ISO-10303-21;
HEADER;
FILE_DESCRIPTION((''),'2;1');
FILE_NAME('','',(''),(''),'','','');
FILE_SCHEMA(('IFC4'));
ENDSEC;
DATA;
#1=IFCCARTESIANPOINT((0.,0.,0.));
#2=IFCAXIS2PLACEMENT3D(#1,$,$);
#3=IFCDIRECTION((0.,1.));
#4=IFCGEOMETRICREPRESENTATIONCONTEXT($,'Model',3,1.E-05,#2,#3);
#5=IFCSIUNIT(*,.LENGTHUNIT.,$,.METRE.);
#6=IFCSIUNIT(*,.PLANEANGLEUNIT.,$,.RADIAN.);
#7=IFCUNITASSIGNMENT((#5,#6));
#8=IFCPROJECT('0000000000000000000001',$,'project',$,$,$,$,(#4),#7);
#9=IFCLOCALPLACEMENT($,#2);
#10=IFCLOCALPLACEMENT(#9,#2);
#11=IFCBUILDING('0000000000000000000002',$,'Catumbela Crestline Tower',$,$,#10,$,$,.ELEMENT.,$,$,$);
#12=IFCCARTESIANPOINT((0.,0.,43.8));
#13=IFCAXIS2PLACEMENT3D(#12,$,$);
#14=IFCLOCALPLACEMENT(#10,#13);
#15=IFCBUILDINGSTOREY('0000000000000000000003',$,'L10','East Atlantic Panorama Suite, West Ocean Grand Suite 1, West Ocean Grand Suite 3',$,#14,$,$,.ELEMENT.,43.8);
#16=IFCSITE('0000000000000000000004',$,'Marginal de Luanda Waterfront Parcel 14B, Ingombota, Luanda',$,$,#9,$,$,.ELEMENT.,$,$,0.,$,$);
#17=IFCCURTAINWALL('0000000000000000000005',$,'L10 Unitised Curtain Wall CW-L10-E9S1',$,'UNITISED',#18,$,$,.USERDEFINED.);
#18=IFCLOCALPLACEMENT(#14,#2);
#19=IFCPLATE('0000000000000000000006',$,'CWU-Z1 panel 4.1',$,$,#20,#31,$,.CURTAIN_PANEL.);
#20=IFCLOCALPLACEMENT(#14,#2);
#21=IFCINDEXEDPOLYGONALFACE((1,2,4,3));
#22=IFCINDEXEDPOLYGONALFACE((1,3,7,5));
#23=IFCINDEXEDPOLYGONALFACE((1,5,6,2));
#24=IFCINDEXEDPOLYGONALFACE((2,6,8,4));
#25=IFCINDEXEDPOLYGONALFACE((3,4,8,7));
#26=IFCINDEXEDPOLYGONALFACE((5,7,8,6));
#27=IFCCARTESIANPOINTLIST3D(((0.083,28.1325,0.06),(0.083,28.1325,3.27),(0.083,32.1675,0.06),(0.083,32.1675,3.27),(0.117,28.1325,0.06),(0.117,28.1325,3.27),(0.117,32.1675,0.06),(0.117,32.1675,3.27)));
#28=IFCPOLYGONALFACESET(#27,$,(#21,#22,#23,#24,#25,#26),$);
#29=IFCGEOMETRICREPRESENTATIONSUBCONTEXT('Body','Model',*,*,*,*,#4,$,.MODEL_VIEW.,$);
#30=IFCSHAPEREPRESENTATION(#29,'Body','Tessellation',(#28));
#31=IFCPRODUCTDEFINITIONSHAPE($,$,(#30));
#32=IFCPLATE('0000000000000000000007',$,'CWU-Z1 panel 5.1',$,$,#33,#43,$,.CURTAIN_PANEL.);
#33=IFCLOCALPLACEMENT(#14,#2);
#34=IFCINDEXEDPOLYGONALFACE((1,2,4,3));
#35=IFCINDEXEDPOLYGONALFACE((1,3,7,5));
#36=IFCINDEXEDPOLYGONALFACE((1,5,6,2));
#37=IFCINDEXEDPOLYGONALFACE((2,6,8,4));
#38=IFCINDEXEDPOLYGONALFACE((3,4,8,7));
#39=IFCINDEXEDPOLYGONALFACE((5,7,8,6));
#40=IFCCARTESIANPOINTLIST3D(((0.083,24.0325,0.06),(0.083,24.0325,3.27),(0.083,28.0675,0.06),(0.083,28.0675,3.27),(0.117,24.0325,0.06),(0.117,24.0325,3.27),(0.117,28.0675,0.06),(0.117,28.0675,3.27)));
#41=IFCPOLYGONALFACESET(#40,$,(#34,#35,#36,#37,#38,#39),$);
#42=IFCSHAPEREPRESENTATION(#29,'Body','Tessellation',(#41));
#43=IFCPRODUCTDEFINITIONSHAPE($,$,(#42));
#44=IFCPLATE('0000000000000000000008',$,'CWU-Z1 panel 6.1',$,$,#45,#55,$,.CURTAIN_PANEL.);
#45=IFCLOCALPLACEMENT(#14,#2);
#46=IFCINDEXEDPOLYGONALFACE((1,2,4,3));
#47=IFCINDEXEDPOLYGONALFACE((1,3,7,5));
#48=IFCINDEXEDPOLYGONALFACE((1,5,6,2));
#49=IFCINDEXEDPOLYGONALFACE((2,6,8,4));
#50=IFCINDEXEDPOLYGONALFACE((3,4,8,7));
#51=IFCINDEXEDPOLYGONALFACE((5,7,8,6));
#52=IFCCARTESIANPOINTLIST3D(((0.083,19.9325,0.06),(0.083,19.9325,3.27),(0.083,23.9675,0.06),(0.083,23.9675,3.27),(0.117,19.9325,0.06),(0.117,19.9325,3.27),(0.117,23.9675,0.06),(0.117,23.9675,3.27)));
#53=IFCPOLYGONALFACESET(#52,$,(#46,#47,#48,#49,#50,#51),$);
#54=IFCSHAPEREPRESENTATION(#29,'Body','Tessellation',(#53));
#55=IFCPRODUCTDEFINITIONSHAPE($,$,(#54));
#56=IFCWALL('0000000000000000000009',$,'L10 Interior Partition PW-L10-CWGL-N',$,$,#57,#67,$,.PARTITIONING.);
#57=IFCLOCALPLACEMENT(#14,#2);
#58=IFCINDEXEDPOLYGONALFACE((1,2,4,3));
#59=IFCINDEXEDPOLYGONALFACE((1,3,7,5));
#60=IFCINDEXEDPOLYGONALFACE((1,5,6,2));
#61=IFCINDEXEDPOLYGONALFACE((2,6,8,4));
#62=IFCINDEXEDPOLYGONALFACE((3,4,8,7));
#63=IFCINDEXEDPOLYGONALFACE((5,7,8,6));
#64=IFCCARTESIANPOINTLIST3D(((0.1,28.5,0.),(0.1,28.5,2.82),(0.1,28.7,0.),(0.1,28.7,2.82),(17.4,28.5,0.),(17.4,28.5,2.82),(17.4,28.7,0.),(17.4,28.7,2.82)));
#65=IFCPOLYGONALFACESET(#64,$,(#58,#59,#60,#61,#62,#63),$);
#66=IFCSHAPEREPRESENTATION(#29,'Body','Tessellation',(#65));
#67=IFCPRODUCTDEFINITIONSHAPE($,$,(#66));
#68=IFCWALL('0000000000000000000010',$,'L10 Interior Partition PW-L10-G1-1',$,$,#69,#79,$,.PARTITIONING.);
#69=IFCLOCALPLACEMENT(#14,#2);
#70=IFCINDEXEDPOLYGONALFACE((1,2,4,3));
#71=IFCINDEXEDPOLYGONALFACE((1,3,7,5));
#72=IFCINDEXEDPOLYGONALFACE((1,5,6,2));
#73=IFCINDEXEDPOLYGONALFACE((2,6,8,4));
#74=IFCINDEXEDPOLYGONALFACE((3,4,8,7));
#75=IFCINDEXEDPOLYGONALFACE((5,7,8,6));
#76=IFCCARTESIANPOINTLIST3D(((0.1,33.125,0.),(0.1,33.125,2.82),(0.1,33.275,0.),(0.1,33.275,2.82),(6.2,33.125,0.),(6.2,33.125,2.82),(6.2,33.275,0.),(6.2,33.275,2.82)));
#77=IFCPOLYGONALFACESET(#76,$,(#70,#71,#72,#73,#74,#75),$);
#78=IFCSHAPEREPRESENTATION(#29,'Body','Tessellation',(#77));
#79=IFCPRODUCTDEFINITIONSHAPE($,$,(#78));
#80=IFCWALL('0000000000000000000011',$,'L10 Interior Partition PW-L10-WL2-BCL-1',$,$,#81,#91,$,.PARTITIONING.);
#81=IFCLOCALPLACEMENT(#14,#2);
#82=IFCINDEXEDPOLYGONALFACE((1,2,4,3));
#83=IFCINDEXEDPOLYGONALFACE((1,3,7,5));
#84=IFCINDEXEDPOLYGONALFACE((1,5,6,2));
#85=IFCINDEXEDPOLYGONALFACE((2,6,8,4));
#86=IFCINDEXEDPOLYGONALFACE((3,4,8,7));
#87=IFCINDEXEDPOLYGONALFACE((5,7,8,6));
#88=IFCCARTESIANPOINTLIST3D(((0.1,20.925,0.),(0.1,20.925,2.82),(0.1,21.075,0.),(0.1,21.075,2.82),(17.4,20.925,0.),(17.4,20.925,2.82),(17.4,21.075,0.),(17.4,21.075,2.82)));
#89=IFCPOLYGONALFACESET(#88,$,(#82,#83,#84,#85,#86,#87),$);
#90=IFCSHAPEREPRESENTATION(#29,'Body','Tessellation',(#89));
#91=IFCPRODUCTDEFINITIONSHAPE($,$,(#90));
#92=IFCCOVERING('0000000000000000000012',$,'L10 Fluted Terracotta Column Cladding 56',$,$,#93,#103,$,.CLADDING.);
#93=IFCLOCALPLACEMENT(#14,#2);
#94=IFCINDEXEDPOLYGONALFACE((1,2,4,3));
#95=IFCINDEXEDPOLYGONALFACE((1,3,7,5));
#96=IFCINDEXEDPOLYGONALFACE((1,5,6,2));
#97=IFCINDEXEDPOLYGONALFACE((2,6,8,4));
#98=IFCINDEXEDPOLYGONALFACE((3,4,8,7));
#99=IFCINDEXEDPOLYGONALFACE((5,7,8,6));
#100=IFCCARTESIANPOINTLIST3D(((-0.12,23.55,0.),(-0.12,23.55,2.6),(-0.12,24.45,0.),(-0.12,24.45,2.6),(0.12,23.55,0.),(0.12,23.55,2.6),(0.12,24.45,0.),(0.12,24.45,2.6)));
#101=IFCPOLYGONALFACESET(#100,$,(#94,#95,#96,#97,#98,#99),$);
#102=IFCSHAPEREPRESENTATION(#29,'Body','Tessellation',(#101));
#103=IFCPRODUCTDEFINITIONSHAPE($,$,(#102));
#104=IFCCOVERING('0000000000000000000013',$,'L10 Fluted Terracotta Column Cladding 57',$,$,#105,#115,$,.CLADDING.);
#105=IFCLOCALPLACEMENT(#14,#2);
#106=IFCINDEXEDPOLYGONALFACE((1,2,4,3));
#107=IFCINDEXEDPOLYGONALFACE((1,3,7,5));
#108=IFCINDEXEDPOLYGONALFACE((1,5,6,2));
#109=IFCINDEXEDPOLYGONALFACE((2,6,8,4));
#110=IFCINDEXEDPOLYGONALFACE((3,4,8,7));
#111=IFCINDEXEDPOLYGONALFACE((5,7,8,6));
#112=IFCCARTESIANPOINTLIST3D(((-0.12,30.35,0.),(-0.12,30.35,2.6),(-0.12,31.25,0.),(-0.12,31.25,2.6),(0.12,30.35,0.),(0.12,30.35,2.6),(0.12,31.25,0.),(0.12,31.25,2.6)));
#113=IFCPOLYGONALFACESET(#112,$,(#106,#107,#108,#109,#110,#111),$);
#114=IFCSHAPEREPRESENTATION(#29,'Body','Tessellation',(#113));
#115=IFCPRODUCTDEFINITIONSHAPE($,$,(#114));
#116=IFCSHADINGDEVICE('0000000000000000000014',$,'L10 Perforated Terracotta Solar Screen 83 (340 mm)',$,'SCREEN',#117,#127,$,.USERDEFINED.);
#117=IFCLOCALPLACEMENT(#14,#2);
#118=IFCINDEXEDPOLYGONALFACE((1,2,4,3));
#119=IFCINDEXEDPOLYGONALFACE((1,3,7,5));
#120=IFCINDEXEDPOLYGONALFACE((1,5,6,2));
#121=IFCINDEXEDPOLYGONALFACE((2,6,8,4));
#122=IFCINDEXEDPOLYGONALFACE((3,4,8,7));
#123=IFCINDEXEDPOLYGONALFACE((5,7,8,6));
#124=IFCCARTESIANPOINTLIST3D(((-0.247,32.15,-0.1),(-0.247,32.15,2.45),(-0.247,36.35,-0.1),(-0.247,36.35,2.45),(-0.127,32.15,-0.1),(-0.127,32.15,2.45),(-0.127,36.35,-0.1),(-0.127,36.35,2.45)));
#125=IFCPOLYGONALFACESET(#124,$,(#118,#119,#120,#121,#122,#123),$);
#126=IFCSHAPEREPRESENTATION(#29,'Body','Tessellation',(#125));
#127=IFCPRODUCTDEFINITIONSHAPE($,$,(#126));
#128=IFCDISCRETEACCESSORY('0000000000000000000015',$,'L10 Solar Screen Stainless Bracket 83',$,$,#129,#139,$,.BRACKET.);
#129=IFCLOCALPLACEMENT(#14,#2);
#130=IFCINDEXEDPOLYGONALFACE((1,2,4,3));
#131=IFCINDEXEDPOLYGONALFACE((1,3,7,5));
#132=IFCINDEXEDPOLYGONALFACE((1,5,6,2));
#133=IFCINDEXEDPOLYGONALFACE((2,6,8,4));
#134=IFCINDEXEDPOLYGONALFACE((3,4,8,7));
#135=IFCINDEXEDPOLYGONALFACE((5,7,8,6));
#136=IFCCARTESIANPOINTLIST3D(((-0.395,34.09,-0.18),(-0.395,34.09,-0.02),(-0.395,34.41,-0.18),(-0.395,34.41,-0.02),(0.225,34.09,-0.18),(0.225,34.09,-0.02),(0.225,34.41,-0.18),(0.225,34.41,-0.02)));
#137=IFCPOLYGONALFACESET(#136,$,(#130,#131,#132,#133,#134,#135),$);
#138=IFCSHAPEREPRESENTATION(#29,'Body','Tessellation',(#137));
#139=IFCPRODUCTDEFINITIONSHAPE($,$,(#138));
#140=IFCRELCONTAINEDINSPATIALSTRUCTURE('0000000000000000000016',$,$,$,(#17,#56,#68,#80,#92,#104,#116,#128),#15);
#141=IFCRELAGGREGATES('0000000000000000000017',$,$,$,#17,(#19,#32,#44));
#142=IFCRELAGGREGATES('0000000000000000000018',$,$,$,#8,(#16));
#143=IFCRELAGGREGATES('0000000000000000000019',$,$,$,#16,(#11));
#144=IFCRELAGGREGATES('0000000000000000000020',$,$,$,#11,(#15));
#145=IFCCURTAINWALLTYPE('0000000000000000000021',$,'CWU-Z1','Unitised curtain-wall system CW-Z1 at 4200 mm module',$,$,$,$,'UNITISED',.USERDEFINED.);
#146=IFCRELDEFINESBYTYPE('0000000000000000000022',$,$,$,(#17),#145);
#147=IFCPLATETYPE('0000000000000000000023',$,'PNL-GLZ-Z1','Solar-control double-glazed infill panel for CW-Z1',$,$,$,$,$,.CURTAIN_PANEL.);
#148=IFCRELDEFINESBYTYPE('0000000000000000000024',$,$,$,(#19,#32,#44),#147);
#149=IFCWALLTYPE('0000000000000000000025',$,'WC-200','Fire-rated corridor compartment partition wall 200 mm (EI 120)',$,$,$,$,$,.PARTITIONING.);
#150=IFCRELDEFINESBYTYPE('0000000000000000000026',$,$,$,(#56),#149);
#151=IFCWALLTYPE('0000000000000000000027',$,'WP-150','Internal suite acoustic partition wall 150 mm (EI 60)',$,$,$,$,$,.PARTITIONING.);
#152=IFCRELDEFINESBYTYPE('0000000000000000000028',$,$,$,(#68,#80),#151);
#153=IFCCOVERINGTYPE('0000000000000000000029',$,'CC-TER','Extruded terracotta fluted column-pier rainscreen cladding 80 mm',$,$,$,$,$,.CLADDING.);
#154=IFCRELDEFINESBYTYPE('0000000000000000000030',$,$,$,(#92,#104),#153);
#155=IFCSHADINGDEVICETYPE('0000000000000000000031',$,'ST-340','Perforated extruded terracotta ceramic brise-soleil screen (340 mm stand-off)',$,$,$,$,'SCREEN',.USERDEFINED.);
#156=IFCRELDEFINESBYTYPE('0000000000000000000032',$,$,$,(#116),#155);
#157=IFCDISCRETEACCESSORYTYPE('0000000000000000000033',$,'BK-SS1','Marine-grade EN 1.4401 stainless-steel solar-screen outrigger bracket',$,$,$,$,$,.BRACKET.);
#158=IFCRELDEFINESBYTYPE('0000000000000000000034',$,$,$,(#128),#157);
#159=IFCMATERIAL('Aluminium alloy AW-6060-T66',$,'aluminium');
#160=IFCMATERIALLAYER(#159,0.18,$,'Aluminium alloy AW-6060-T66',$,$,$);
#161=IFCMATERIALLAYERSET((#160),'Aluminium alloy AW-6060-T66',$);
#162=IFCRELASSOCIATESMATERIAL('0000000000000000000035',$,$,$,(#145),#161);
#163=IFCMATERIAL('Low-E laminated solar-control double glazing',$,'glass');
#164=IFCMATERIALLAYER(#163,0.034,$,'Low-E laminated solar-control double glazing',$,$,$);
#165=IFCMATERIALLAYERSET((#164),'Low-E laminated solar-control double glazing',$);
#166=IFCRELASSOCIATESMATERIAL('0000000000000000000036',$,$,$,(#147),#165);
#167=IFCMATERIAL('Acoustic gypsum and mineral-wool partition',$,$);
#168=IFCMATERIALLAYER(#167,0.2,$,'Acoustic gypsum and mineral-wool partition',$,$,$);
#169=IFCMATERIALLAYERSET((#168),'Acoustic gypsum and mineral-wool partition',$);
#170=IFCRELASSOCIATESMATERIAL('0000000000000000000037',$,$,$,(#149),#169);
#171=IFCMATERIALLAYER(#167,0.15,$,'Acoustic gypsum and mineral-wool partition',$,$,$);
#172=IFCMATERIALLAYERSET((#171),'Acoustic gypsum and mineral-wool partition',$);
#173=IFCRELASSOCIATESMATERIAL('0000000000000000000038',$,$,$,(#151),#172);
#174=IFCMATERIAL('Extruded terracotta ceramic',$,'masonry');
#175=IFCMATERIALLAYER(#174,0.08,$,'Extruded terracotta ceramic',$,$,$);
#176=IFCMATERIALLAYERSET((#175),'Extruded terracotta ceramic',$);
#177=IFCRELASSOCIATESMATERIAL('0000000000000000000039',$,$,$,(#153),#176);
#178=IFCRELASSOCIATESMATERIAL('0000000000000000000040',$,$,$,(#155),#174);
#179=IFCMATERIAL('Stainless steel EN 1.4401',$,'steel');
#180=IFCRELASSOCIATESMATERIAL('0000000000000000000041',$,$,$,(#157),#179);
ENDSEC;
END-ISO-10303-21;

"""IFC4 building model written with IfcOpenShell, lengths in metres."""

from ifc_helpers import new_model, si_unit, direction, frame, frame_2d, origin, origin_2d, place, context, subcontext, project, spatial, rectangle, extrude, material, layer, layer_set, type_object, element, aggregate, save


model = new_model("IFC4")

# Units and contexts
model_context = context("Model", 3, precision=1e-05, world=origin(), true_north=direction((0.0, 1.0)))
body_context = subcontext(model_context, "Body", "Model", "MODEL_VIEW")
ifc_project = project(units=[si_unit("LENGTHUNIT", "METRE"), si_unit("PLANEANGLEUNIT", "RADIAN")], contexts=[model_context])

# Site, building, storey
site_placement = place(None, origin())
site = spatial("IfcSite", under=ifc_project, at=site_placement, Name="Marginal de Luanda Waterfront Parcel 14B, Ingombota, Luanda", CompositionType="ELEMENT", RefElevation=0.0)
building_placement = place(site_placement, origin())
building = spatial("IfcBuilding", under=site, at=building_placement, Name="Catumbela Crestline Tower", CompositionType="ELEMENT")
storey_placement = place(building_placement, frame((0.0, 0.0, 43.8)))
storey = spatial("IfcBuildingStorey", under=building, at=storey_placement, Name="L10", Description="East Atlantic Panorama Suite, West Ocean Grand Suite 1, West Ocean Grand Suite 3", CompositionType="ELEMENT", Elevation=43.8)

# Curtain wall
ifc_material_1 = material(Name="Aluminium alloy AW-6060-T66", Category="aluminium")
ifc_layer_1 = layer(ifc_material_1, 0.18, Name="Aluminium alloy AW-6060-T66")
ifc_layer_set_1 = layer_set([ifc_layer_1], Name="Aluminium alloy AW-6060-T66")
curtain_wall_type = type_object("IfcCurtainWallType", Name="CWU-Z1", Description="Unitised curtain-wall system CW-Z1 at 4200 mm module", ElementType="UNITISED", PredefinedType="USERDEFINED", material=ifc_layer_set_1)
curtain_wall_placement = place(storey_placement, origin())
curtain_wall = element("IfcCurtainWall", 1, at=curtain_wall_placement, inside=storey, type_object=curtain_wall_type, Name="L10 Unitised Curtain Wall CW-L10-E9S1", ObjectType="UNITISED", PredefinedType="USERDEFINED")

# Plates
ifc_material_2 = material(Name="Low-E laminated solar-control double glazing", Category="glass")
ifc_layer_2 = layer(ifc_material_2, 0.034, Name="Low-E laminated solar-control double glazing")
ifc_layer_set_2 = layer_set([ifc_layer_2], Name="Low-E laminated solar-control double glazing")
plate_type = type_object("IfcPlateType", Name="PNL-GLZ-Z1", Description="Solar-control double-glazed infill panel for CW-Z1", PredefinedType="CURTAIN_PANEL", material=ifc_layer_set_2)
plate_1_placement = place(storey_placement, frame((0.1, 30.15, 0.06), z_axis=(0.0, 0.0, 1.0), x_axis=(0.0, -1.0, 0.0)))
plate_1 = element("IfcPlate", 2, at=plate_1_placement, type_object=plate_type, Name="CWU-Z1 panel 4.1", PredefinedType="CURTAIN_PANEL", context=body_context, shape_type="SweptSolid", body=[
    extrude(rectangle(XDim=4.035, YDim=0.034, at=origin_2d()), origin(), (0.0, 0.0, 1.0), 3.21),
])
plate_2_placement = place(storey_placement, frame((0.1, 26.05, 0.06), z_axis=(0.0, 0.0, 1.0), x_axis=(0.0, -1.0, 0.0)))
plate_2 = element("IfcPlate", 3, at=plate_2_placement, type_object=plate_type, Name="CWU-Z1 panel 5.1", PredefinedType="CURTAIN_PANEL", context=body_context, shape_type="SweptSolid", body=[
    extrude(rectangle(XDim=4.035, YDim=0.034, at=origin_2d()), origin(), (0.0, 0.0, 1.0), 3.21),
])
plate_3_placement = place(storey_placement, frame((0.1, 21.95, 0.06), z_axis=(0.0, 0.0, 1.0), x_axis=(0.0, -1.0, 0.0)))
plate_3 = element("IfcPlate", 4, at=plate_3_placement, type_object=plate_type, Name="CWU-Z1 panel 6.1", PredefinedType="CURTAIN_PANEL", context=body_context, shape_type="SweptSolid", body=[
    extrude(rectangle(XDim=4.035, YDim=0.034, at=origin_2d()), origin(), (0.0, 0.0, 1.0), 3.21),
])
aggregate(curtain_wall, [plate_1, plate_2, plate_3])

# Walls
ifc_material_3 = material(Name="Acoustic gypsum and mineral-wool partition")
ifc_layer_3 = layer(ifc_material_3, 0.2, Name="Acoustic gypsum and mineral-wool partition")
ifc_layer_set_3 = layer_set([ifc_layer_3], Name="Acoustic gypsum and mineral-wool partition")
wall_type_1 = type_object("IfcWallType", Name="WC-200", Description="Fire-rated corridor compartment partition wall 200 mm (EI 120)", PredefinedType="PARTITIONING", material=ifc_layer_set_3)
wall_1_placement = place(storey_placement, frame((0.1, 28.6, 0.0), z_axis=(0.0, 0.0, 1.0), x_axis=(1.0, 0.0, 0.0)))
element("IfcWall", 5, at=wall_1_placement, inside=storey, type_object=wall_type_1, Name="L10 Interior Partition PW-L10-CWGL-N", PredefinedType="PARTITIONING", context=body_context, shape_type="SweptSolid", body=[
    extrude(rectangle(XDim=17.3, YDim=0.2, at=frame_2d((8.65, 0.0))), origin(), (0.0, 0.0, 1.0), 2.82),
])
ifc_layer_4 = layer(ifc_material_3, 0.15, Name="Acoustic gypsum and mineral-wool partition")
ifc_layer_set_4 = layer_set([ifc_layer_4], Name="Acoustic gypsum and mineral-wool partition")
wall_type_2 = type_object("IfcWallType", Name="WP-150", Description="Internal suite acoustic partition wall 150 mm (EI 60)", PredefinedType="PARTITIONING", material=ifc_layer_set_4)
wall_2_placement = place(storey_placement, frame((0.1, 33.2, 0.0), z_axis=(0.0, 0.0, 1.0), x_axis=(1.0, 0.0, 0.0)))
element("IfcWall", 6, at=wall_2_placement, inside=storey, type_object=wall_type_2, Name="L10 Interior Partition PW-L10-G1-1", PredefinedType="PARTITIONING", context=body_context, shape_type="SweptSolid", body=[
    extrude(rectangle(XDim=6.1, YDim=0.15, at=frame_2d((3.05, 0.0))), origin(), (0.0, 0.0, 1.0), 2.82),
])
wall_3_placement = place(storey_placement, frame((0.1, 21.0, 0.0), z_axis=(0.0, 0.0, 1.0), x_axis=(1.0, 0.0, 0.0)))
element("IfcWall", 7, at=wall_3_placement, inside=storey, type_object=wall_type_2, Name="L10 Interior Partition PW-L10-WL2-BCL-1", PredefinedType="PARTITIONING", context=body_context, shape_type="SweptSolid", body=[
    extrude(rectangle(XDim=17.3, YDim=0.15, at=frame_2d((8.65, 0.0))), origin(), (0.0, 0.0, 1.0), 2.82),
])

# Coverings
ifc_material_4 = material(Name="Extruded terracotta ceramic", Category="masonry")
ifc_layer_5 = layer(ifc_material_4, 0.08, Name="Extruded terracotta ceramic")
ifc_layer_set_5 = layer_set([ifc_layer_5], Name="Extruded terracotta ceramic")
covering_type = type_object("IfcCoveringType", Name="CC-TER", Description="Extruded terracotta fluted column-pier rainscreen cladding 80 mm", PredefinedType="CLADDING", material=ifc_layer_set_5)
for number, where, z_axis, x_axis, name in (
    (8, (0.0, 24.0, 0.0), (0.0, 0.0, 1.0), (0.0, -1.0, 0.0), "L10 Fluted Terracotta Column Cladding 56"),
    (9, (0.0, 30.8, 0.0), (0.0, 0.0, 1.0), (0.0, -1.0, 0.0), "L10 Fluted Terracotta Column Cladding 57"),
):
    element("IfcCovering", number, at=place(storey_placement, frame(where, z_axis=z_axis, x_axis=x_axis)), inside=storey, type_object=covering_type, Name=name, PredefinedType="CLADDING", context=body_context, shape_type="SweptSolid", body=[
        extrude(rectangle(XDim=0.9, YDim=0.24, at=origin_2d()), origin(), (0.0, 0.0, 1.0), 2.6),
    ])

# Shading device
shading_device_type = type_object("IfcShadingDeviceType", Name="ST-340", Description="Perforated extruded terracotta ceramic brise-soleil screen (340 mm stand-off)", ElementType="SCREEN", PredefinedType="USERDEFINED", material=ifc_material_4)
shading_device_placement = place(storey_placement, frame((-0.187, 34.25, -0.1), z_axis=(0.0, 0.0, 1.0), x_axis=(0.0, -1.0, 0.0)))
element("IfcShadingDevice", 10, at=shading_device_placement, inside=storey, type_object=shading_device_type, Name="L10 Perforated Terracotta Solar Screen 83 (340 mm)", ObjectType="SCREEN", PredefinedType="USERDEFINED", context=body_context, shape_type="SweptSolid", body=[
    extrude(rectangle(XDim=4.2, YDim=0.12, at=origin_2d()), origin(), (0.0, 0.0, 1.0), 2.55),
])

# Discrete accessory
ifc_material_5 = material(Name="Stainless steel EN 1.4401", Category="steel")
discrete_accessory_type = type_object("IfcDiscreteAccessoryType", Name="BK-SS1", Description="Marine-grade EN 1.4401 stainless-steel solar-screen outrigger bracket", PredefinedType="BRACKET", material=ifc_material_5)
discrete_accessory_placement = place(storey_placement, frame((-0.085, 34.25, -0.18), z_axis=(0.0, 0.0, 1.0), x_axis=(0.0, -1.0, 0.0)))
element("IfcDiscreteAccessory", 11, at=discrete_accessory_placement, inside=storey, type_object=discrete_accessory_type, Name="L10 Solar Screen Stainless Bracket 83", PredefinedType="BRACKET", context=body_context, shape_type="SweptSolid", body=[
    extrude(rectangle(XDim=0.32, YDim=0.62, at=origin_2d()), origin(), (0.0, 0.0, 1.0), 0.16),
])

save(model, "model.ifc")
